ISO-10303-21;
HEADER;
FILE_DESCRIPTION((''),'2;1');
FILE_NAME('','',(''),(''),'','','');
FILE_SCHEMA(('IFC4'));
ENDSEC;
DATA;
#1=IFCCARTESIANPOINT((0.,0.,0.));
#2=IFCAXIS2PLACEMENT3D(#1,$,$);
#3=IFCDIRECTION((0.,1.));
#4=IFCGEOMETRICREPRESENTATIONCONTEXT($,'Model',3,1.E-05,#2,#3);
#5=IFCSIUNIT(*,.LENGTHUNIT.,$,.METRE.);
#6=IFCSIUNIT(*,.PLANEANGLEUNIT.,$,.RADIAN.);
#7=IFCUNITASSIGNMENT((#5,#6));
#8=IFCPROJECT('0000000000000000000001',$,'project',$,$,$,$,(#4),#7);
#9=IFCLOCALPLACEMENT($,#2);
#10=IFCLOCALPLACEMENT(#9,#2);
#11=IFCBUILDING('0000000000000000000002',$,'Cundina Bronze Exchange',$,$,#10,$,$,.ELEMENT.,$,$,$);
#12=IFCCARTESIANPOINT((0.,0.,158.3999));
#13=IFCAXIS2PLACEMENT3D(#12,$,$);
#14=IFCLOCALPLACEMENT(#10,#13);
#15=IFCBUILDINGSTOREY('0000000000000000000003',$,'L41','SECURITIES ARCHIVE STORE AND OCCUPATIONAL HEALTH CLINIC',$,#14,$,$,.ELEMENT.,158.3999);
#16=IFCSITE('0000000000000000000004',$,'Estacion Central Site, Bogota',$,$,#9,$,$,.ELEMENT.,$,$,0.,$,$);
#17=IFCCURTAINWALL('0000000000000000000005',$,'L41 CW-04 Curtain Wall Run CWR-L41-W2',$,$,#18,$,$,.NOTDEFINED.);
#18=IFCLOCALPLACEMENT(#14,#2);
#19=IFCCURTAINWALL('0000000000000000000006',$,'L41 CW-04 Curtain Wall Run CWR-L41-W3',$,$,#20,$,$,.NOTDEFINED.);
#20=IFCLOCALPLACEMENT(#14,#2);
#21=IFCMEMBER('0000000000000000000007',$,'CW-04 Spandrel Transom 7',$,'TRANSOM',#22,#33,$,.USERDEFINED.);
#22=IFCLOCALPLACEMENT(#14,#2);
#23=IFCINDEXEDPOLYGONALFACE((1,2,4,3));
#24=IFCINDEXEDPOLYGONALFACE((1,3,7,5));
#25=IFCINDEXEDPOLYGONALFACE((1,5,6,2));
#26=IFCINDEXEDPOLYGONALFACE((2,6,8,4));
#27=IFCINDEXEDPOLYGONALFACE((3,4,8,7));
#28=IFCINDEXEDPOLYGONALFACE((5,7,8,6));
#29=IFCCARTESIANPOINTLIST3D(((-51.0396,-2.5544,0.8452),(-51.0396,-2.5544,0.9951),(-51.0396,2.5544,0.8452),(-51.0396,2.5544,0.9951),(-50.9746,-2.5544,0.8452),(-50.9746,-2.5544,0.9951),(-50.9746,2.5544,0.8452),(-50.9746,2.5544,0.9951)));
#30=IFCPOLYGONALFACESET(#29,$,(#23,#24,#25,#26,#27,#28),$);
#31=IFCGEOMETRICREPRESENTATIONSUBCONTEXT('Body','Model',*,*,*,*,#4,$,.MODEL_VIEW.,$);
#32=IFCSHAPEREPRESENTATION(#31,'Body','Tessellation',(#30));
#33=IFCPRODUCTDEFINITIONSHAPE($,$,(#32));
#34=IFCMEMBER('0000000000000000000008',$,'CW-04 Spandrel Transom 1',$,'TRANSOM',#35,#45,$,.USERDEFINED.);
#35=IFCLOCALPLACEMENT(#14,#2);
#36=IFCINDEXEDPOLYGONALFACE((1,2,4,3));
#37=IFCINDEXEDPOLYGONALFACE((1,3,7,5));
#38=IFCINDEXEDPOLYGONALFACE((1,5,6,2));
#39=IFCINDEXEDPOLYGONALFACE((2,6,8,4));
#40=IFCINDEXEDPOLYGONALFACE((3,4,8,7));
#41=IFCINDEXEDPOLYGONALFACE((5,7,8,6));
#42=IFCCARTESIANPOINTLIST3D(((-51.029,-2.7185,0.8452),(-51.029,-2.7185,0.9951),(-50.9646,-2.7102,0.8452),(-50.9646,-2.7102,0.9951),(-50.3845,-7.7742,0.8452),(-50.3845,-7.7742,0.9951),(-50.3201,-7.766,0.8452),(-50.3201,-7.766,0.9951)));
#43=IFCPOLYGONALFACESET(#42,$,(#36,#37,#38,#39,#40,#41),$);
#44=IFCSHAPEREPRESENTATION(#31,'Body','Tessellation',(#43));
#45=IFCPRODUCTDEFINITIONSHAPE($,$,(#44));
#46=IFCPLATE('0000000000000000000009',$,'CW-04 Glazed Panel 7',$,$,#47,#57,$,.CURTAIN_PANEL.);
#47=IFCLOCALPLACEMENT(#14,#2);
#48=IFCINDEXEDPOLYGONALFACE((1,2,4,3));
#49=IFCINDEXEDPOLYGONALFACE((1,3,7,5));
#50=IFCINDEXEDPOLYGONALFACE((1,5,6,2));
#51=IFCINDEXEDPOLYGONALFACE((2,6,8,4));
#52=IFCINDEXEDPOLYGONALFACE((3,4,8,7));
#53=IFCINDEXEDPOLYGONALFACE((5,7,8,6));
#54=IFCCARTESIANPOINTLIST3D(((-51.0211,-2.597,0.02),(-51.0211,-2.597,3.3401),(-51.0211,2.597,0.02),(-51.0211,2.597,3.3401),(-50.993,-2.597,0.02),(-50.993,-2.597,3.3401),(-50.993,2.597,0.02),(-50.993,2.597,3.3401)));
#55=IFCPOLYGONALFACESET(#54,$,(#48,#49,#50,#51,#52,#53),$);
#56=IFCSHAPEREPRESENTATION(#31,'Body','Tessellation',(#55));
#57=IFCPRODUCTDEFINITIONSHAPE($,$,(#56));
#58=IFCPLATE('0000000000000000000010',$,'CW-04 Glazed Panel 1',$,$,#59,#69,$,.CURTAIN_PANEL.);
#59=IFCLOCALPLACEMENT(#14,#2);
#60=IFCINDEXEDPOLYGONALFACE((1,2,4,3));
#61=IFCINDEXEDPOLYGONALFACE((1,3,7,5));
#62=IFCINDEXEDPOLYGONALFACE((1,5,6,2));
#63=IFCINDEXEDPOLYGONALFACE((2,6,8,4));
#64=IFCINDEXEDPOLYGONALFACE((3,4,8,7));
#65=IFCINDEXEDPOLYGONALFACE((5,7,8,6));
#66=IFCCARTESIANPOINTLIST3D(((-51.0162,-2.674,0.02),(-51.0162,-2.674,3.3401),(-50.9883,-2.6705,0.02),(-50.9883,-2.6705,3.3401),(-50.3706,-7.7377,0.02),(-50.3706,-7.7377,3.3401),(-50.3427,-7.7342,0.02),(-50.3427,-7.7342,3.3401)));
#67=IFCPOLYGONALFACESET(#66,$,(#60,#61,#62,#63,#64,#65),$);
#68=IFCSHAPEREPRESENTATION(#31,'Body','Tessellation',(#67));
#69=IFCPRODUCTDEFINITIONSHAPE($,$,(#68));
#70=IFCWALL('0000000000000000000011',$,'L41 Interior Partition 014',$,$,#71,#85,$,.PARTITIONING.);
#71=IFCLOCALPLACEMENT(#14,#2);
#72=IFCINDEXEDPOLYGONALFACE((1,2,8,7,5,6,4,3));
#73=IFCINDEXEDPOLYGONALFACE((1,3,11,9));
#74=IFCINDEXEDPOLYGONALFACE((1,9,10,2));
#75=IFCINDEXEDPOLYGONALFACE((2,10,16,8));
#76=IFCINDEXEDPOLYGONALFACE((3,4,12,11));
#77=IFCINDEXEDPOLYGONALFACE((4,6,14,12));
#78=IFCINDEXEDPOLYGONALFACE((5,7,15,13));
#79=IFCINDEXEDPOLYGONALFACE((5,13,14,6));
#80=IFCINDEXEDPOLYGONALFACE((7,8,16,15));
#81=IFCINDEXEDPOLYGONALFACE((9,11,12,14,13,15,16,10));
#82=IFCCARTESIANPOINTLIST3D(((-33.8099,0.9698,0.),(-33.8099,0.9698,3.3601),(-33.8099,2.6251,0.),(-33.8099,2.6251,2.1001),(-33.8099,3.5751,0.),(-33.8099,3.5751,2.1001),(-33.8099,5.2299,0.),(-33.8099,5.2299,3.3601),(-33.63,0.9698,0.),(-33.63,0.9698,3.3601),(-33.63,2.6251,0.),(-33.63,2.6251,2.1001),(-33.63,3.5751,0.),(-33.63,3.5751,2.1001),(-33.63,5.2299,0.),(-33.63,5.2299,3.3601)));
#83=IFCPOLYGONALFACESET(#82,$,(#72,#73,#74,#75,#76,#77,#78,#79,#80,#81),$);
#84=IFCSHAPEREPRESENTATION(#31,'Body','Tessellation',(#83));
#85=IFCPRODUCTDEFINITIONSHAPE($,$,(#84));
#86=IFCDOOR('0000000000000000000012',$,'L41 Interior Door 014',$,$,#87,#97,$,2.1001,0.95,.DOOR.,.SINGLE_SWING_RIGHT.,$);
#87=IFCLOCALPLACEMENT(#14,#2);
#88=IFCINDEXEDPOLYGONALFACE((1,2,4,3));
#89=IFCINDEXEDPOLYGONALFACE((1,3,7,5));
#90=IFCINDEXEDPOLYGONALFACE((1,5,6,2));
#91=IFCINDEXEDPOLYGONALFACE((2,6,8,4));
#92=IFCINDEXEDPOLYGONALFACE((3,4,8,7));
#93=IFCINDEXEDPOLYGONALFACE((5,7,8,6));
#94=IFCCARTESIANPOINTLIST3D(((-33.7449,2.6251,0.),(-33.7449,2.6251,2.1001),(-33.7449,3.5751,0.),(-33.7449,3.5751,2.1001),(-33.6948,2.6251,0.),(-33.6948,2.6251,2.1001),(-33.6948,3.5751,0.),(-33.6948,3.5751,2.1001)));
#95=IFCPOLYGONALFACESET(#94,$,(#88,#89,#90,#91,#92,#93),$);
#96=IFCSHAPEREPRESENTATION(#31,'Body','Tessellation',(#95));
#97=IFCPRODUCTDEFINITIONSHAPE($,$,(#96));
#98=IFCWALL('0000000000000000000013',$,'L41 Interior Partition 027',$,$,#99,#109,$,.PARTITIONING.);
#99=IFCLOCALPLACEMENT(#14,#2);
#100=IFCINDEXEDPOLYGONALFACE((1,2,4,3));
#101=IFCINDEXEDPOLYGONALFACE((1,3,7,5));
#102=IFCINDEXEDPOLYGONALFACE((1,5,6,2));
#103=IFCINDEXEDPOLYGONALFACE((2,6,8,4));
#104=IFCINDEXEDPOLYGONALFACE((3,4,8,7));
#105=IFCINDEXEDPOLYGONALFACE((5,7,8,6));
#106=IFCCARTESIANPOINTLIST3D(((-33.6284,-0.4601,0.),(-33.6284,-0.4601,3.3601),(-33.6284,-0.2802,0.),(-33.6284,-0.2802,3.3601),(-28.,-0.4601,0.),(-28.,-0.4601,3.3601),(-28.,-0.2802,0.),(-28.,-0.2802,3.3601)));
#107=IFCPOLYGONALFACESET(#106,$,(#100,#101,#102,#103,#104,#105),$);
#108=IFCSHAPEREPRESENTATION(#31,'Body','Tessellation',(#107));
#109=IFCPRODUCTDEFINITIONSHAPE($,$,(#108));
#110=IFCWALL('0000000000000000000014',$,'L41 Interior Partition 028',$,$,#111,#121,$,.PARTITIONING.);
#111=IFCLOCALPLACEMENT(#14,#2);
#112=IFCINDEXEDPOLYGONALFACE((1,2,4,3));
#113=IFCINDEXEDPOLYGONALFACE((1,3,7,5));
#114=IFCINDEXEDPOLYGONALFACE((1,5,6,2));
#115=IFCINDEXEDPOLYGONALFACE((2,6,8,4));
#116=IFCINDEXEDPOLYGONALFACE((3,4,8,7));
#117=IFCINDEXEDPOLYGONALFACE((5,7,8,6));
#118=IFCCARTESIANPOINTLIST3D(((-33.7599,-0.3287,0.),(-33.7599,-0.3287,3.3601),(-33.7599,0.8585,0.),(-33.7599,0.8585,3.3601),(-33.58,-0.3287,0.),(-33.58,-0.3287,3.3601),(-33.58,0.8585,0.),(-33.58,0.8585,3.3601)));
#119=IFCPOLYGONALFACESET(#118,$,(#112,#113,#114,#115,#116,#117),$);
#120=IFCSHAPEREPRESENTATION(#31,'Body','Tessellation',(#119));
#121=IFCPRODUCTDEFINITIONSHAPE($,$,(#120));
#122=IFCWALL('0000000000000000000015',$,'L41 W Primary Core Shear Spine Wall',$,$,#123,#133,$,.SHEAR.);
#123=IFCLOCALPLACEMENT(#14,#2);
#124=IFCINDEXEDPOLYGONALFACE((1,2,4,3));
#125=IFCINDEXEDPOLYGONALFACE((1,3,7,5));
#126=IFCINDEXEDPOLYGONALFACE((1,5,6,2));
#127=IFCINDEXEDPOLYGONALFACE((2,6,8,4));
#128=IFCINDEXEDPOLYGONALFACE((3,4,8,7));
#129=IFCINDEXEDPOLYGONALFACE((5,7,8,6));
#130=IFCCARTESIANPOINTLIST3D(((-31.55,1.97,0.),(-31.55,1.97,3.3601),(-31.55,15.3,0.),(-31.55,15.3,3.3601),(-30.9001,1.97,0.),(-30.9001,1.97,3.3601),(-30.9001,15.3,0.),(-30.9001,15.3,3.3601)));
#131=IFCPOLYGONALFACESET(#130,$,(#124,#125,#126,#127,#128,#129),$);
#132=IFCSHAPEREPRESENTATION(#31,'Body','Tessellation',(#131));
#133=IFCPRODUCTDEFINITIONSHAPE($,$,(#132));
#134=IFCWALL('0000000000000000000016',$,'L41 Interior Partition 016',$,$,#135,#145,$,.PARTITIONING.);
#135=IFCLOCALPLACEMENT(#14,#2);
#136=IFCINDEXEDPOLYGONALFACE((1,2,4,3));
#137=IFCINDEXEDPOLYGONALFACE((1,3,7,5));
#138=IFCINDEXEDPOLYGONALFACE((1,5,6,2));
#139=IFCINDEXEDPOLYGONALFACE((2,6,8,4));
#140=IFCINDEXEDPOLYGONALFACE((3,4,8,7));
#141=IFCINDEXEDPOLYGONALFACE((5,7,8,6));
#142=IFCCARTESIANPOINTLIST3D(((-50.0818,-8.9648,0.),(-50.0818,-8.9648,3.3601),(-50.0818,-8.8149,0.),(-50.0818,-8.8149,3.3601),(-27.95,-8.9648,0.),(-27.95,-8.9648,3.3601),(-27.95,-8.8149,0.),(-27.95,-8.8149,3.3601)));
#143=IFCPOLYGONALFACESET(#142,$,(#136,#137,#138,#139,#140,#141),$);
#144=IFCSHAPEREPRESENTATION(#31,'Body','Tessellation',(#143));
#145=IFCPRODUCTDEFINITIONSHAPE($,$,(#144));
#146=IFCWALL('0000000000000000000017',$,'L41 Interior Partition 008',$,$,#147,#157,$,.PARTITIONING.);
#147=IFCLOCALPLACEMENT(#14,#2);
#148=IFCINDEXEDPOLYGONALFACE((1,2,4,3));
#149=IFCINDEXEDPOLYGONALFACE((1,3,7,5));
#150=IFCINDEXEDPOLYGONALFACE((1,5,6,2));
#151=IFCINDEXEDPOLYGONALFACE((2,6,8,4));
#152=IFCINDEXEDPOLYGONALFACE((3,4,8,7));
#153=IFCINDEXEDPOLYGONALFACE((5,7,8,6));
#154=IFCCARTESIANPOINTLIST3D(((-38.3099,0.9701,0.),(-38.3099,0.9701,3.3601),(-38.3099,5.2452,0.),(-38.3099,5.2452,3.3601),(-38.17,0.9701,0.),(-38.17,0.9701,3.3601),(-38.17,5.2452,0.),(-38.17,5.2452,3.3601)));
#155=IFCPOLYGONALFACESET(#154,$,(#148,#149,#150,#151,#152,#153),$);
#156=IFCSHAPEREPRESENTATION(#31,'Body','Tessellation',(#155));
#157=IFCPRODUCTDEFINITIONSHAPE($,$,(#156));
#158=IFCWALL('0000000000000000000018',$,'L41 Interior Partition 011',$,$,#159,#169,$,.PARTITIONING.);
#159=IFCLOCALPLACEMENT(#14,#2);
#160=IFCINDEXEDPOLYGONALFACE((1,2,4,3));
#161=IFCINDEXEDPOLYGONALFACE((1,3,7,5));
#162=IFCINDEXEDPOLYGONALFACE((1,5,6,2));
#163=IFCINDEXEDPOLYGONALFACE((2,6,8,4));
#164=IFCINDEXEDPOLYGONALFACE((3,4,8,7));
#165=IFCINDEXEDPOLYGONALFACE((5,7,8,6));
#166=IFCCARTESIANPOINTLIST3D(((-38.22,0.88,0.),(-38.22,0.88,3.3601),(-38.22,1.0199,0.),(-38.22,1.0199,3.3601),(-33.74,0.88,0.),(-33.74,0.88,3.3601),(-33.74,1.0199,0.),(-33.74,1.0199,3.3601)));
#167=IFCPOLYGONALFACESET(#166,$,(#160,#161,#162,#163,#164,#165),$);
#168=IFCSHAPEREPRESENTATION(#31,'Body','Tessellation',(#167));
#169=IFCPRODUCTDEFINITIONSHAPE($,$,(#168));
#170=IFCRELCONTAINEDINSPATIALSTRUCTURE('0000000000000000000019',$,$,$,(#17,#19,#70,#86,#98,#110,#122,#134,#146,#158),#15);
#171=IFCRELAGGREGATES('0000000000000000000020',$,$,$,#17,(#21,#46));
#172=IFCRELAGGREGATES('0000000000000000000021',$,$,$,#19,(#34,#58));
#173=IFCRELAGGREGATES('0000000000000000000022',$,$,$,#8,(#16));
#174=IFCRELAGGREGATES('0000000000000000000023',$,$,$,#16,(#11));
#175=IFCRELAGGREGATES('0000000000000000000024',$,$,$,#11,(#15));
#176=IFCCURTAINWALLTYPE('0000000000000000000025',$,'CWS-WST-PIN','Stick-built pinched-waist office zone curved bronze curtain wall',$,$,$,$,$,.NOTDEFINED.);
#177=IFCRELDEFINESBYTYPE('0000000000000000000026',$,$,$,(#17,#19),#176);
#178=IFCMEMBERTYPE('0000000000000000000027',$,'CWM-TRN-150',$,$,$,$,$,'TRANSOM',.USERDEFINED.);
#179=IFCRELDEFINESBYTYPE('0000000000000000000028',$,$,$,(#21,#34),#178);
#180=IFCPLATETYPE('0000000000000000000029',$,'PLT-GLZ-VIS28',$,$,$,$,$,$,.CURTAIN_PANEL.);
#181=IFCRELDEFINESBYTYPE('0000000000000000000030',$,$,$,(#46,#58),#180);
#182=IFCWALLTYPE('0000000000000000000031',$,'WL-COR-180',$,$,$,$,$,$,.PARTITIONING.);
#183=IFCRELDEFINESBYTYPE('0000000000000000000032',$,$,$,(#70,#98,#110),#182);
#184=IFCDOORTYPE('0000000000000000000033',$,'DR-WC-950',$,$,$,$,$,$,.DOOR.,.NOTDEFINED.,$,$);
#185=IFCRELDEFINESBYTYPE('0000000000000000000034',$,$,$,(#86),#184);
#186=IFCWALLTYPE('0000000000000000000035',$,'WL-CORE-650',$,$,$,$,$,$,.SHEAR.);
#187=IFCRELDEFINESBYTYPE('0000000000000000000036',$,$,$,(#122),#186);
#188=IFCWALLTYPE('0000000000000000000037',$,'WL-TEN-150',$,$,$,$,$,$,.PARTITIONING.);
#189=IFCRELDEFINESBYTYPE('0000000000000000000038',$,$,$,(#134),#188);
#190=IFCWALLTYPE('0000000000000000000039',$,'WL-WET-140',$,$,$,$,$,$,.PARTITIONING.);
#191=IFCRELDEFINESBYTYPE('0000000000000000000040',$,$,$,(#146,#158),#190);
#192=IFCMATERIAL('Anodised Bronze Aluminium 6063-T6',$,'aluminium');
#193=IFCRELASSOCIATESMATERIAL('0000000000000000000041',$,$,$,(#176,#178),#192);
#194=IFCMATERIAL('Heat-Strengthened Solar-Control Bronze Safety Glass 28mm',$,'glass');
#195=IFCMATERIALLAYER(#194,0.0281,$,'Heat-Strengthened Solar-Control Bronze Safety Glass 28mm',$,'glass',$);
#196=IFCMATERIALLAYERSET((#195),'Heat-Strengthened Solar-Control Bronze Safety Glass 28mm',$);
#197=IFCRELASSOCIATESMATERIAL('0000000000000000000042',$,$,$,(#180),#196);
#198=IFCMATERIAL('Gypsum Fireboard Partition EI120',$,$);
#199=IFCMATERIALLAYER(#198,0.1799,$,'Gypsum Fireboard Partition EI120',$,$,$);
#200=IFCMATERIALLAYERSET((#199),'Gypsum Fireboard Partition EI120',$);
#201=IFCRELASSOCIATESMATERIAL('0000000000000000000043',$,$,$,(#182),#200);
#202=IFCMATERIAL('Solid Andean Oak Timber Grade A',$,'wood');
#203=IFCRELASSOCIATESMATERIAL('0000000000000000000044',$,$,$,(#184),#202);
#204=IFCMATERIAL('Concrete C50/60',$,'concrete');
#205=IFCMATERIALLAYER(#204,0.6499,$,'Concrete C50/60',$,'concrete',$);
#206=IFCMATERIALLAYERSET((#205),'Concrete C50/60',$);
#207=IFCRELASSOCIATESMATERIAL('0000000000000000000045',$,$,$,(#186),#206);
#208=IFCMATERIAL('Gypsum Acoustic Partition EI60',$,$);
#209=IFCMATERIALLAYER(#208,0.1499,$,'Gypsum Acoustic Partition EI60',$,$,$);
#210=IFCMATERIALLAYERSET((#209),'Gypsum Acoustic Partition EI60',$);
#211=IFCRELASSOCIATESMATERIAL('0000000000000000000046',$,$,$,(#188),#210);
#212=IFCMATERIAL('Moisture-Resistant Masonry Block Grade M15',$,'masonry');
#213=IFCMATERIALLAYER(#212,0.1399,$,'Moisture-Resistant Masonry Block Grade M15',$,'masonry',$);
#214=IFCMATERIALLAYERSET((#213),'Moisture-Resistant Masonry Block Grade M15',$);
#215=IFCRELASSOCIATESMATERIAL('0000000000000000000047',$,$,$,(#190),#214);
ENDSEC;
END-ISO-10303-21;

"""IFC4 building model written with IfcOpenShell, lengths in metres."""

from ifc_helpers import new_model, si_unit, direction, frame, frame_2d, origin, origin_2d, place, context, subcontext, project, spatial, rectangle, extrude, material, layer, layer_set, material_profile, profile_set, type_object, element, fill, aggregate, save


model = new_model("IFC4")

# Units and contexts
model_context = context("Model", 3, precision=1e-05, world=origin(), true_north=direction((0.0, 1.0)))
body_context = subcontext(model_context, "Body", "Model", "MODEL_VIEW")
ifc_project = project(units=[si_unit("LENGTHUNIT", "METRE"), si_unit("PLANEANGLEUNIT", "RADIAN")], contexts=[model_context])

# Site, building, storey
site_placement = place(None, origin())
site = spatial("IfcSite", under=ifc_project, at=site_placement, Name="Estacion Central Site, Bogota", CompositionType="ELEMENT", RefElevation=0.0)
building_placement = place(site_placement, origin())
building = spatial("IfcBuilding", under=site, at=building_placement, Name="Cundina Bronze Exchange", CompositionType="ELEMENT")
storey_placement = place(building_placement, frame((0.0, 0.0, 158.3999)))
storey = spatial("IfcBuildingStorey", under=building, at=storey_placement, Name="L41", Description="SECURITIES ARCHIVE STORE AND OCCUPATIONAL HEALTH CLINIC", CompositionType="ELEMENT", Elevation=158.3999)

# Shared definitions
ifc_material_1 = material(Name="Concrete C50/60", Category="concrete")

# Curtain walls
ifc_material_2 = material(Name="Anodised Bronze Aluminium 6063-T6", Category="aluminium")
curtain_wall_type = type_object("IfcCurtainWallType", Name="CWS-WST-PIN", Description="Stick-built pinched-waist office zone curved bronze curtain wall", PredefinedType="NOTDEFINED", material=ifc_material_2)
curtain_wall_1_placement = place(storey_placement, origin())
curtain_wall_1 = element("IfcCurtainWall", 1, at=curtain_wall_1_placement, inside=storey, type_object=curtain_wall_type, Name="L41 CW-04 Curtain Wall Run CWR-L41-W2", PredefinedType="NOTDEFINED")
curtain_wall_2_placement = place(storey_placement, origin())
curtain_wall_2 = element("IfcCurtainWall", 2, at=curtain_wall_2_placement, inside=storey, type_object=curtain_wall_type, Name="L41 CW-04 Curtain Wall Run CWR-L41-W3", PredefinedType="NOTDEFINED")

# Members
ifc_material_profile_1 = material_profile(ifc_material_2, rectangle(XDim=0.0649, YDim=0.1499, at=origin_2d()), Name="AL65X150", Category="aluminium")
ifc_profile_set_1 = profile_set([ifc_material_profile_1], Name="Anodised Bronze Aluminium 6063-T6")
member_type_1 = type_object("IfcMemberType", Name="CWM-TRN-150", ElementType="TRANSOM", PredefinedType="USERDEFINED", material=ifc_profile_set_1)
member_1_placement = place(storey_placement, frame((-51.0071, 2.5544, 0.9202), z_axis=(0.0, -1.0, 0.0), x_axis=(1.0, 0.0, 0.0)))
member_1 = element("IfcMember", 3, at=member_1_placement, type_object=member_type_1, Name="CW-04 Spandrel Transom 7", ObjectType="TRANSOM", PredefinedType="USERDEFINED", context=body_context, shape_type="SweptSolid", body=[
    extrude(rectangle(XDim=0.0649, YDim=0.1499, at=origin_2d()), origin(), (0.0, 0.0, 1.0), 5.1089),
])
member_2_placement = place(storey_placement, frame((-50.9968, -2.7144, 0.9202), z_axis=(0.126463, -0.991971, 0.0), x_axis=(0.991971, 0.126463, 0.0)))
member_2 = element("IfcMember", 4, at=member_2_placement, type_object=member_type_1, Name="CW-04 Spandrel Transom 1", ObjectType="TRANSOM", PredefinedType="USERDEFINED", context=body_context, shape_type="SweptSolid", body=[
    extrude(rectangle(XDim=0.0649, YDim=0.1499, at=origin_2d()), origin(), (0.0, 0.0, 1.0), 5.0967),
])

# Plates
ifc_material_3 = material(Name="Heat-Strengthened Solar-Control Bronze Safety Glass 28mm", Category="glass")
ifc_layer_1 = layer(ifc_material_3, 0.0281, Name="Heat-Strengthened Solar-Control Bronze Safety Glass 28mm", Category="glass")
ifc_layer_set_1 = layer_set([ifc_layer_1], Name="Heat-Strengthened Solar-Control Bronze Safety Glass 28mm")
plate_type = type_object("IfcPlateType", Name="PLT-GLZ-VIS28", PredefinedType="CURTAIN_PANEL", material=ifc_layer_set_1)
plate_1_placement = place(storey_placement, frame((-51.0071, 0.0, 0.02), z_axis=(0.0, 0.0, 1.0), x_axis=(0.0, -1.0, 0.0)))
plate_1 = element("IfcPlate", 5, at=plate_1_placement, type_object=plate_type, Name="CW-04 Glazed Panel 7", PredefinedType="CURTAIN_PANEL", context=body_context, shape_type="SweptSolid", body=[
    extrude(rectangle(XDim=5.1941, YDim=0.0281, at=origin_2d()), origin(), (0.0, 0.0, 1.0), 3.3201),
])
aggregate(curtain_wall_1, [member_1, plate_1])
plate_2_placement = place(storey_placement, frame((-50.6794, -5.2041, 0.02), z_axis=(0.0, 0.0, 1.0), x_axis=(0.126476, -0.99197, 0.0)))
plate_2 = element("IfcPlate", 6, at=plate_2_placement, type_object=plate_type, Name="CW-04 Glazed Panel 1", PredefinedType="CURTAIN_PANEL", context=body_context, shape_type="SweptSolid", body=[
    extrude(rectangle(XDim=5.1047, YDim=0.0281, at=origin_2d()), origin(), (0.0, 0.0, 1.0), 3.3201),
])
aggregate(curtain_wall_2, [member_2, plate_2])

# Wall, opening, door
ifc_material_4 = material(Name="Gypsum Fireboard Partition EI120")
ifc_layer_2 = layer(ifc_material_4, 0.1799, Name="Gypsum Fireboard Partition EI120")
ifc_layer_set_2 = layer_set([ifc_layer_2], Name="Gypsum Fireboard Partition EI120")
wall_type_1 = type_object("IfcWallType", Name="WL-COR-180", PredefinedType="PARTITIONING", material=ifc_layer_set_2)
wall_1_placement = place(storey_placement, frame((-33.72, 0.97, 0.0), z_axis=(0.0, 0.0, 1.0), x_axis=(0.0, 1.0, 0.0)))
wall_1 = element("IfcWall", 7, at=wall_1_placement, inside=storey, type_object=wall_type_1, Name="L41 Interior Partition 014", PredefinedType="PARTITIONING", context=body_context, shape_type="SweptSolid", body=[
    extrude(rectangle(XDim=4.26, YDim=0.1799, at=frame_2d((2.1299, 0.0))), origin(), (0.0, 0.0, 1.0), 3.3601),
])
opening_1_placement = place(wall_1_placement, frame((1.655, 0.0, 0.0)))
opening_1 = element("IfcOpeningElement", 8, at=opening_1_placement, cuts=wall_1, PredefinedType="OPENING", context=body_context, shape_type="SweptSolid", body=[
    extrude(rectangle(XDim=0.95, YDim=2.1001, at=frame_2d((0.4751, 1.05))), frame((0.0, 0.0999, 0.0), z_axis=(0.0, -1.0, 0.0), x_axis=(1.0, 0.0, 0.0)), (0.0, 0.0, 1.0), 0.2),
])
ifc_material_5 = material(Name="Solid Andean Oak Timber Grade A", Category="wood")
door_type_1 = type_object("IfcDoorType", Name="DR-WC-950", OperationType="NOTDEFINED", PredefinedType="DOOR", material=ifc_material_5)
door_1_placement = place(opening_1_placement, origin())
door_1 = element("IfcDoor", 9, at=door_1_placement, inside=storey, type_object=door_type_1, Name="L41 Interior Door 014", OperationType="SINGLE_SWING_RIGHT", OverallHeight=2.1001, OverallWidth=0.95, PredefinedType="DOOR", context=body_context, shape_type="SweptSolid", body=[
    extrude(rectangle(XDim=0.95, YDim=2.1001, at=frame_2d((0.4751, 1.05))), frame((0.0, 0.0249, 0.0), z_axis=(0.0, -1.0, 0.0), x_axis=(1.0, 0.0, 0.0)), (0.0, 0.0, 1.0), 0.05),
])
fill(opening_1, door_1)

# Walls
wall_2_placement = place(storey_placement, frame((-33.6284, -0.3701, 0.0), z_axis=(0.0, 0.0, 1.0), x_axis=(1.0, 0.0, 0.0)))
element("IfcWall", 10, at=wall_2_placement, inside=storey, type_object=wall_type_1, Name="L41 Interior Partition 027", PredefinedType="PARTITIONING", context=body_context, shape_type="SweptSolid", body=[
    extrude(rectangle(XDim=5.6284, YDim=0.1799, at=frame_2d((2.8142, 0.0))), origin(), (0.0, 0.0, 1.0), 3.3601),
])
wall_3_placement = place(storey_placement, frame((-33.6699, 0.8586, 0.0), z_axis=(0.0, 0.0, 1.0), x_axis=(0.0, -1.0, 0.0)))
element("IfcWall", 11, at=wall_3_placement, inside=storey, type_object=wall_type_1, Name="L41 Interior Partition 028", PredefinedType="PARTITIONING", context=body_context, shape_type="SweptSolid", body=[
    extrude(rectangle(XDim=1.1873, YDim=0.1799, at=frame_2d((0.5938, 0.0))), origin(), (0.0, 0.0, 1.0), 3.3601),
])
ifc_layer_3 = layer(ifc_material_1, 0.6499, Name="Concrete C50/60", Category="concrete")
ifc_layer_set_3 = layer_set([ifc_layer_3], Name="Concrete C50/60")
wall_type_2 = type_object("IfcWallType", Name="WL-CORE-650", PredefinedType="SHEAR", material=ifc_layer_set_3)
wall_4_placement = place(storey_placement, frame((-31.2251, 1.97, 0.0), z_axis=(0.0, 0.0, 1.0), x_axis=(0.0, 1.0, 0.0)))
element("IfcWall", 12, at=wall_4_placement, inside=storey, type_object=wall_type_2, Name="L41 W Primary Core Shear Spine Wall", PredefinedType="SHEAR", context=body_context, shape_type="SweptSolid", body=[
    extrude(rectangle(XDim=13.3301, YDim=0.6499, at=frame_2d((6.665, 0.0))), origin(), (0.0, 0.0, 1.0), 3.3601),
])
ifc_material_6 = material(Name="Gypsum Acoustic Partition EI60")
ifc_layer_4 = layer(ifc_material_6, 0.1499, Name="Gypsum Acoustic Partition EI60")
ifc_layer_set_4 = layer_set([ifc_layer_4], Name="Gypsum Acoustic Partition EI60")
wall_type_3 = type_object("IfcWallType", Name="WL-TEN-150", PredefinedType="PARTITIONING", material=ifc_layer_set_4)
wall_5_placement = place(storey_placement, frame((-50.0818, -8.8899, 0.0), z_axis=(0.0, 0.0, 1.0), x_axis=(1.0, 0.0, 0.0)))
element("IfcWall", 13, at=wall_5_placement, inside=storey, type_object=wall_type_3, Name="L41 Interior Partition 016", PredefinedType="PARTITIONING", context=body_context, shape_type="SweptSolid", body=[
    extrude(rectangle(XDim=22.1318, YDim=0.1499, at=frame_2d((11.0659, 0.0))), origin(), (0.0, 0.0, 1.0), 3.3601),
])
ifc_material_7 = material(Name="Moisture-Resistant Masonry Block Grade M15", Category="masonry")
ifc_layer_5 = layer(ifc_material_7, 0.1399, Name="Moisture-Resistant Masonry Block Grade M15", Category="masonry")
ifc_layer_set_5 = layer_set([ifc_layer_5], Name="Moisture-Resistant Masonry Block Grade M15")
wall_type_4 = type_object("IfcWallType", Name="WL-WET-140", PredefinedType="PARTITIONING", material=ifc_layer_set_5)
wall_6_placement = place(storey_placement, frame((-38.24, 0.97, 0.0), z_axis=(0.0, 0.0, 1.0), x_axis=(0.0, 1.0, 0.0)))
element("IfcWall", 14, at=wall_6_placement, inside=storey, type_object=wall_type_4, Name="L41 Interior Partition 008", PredefinedType="PARTITIONING", context=body_context, shape_type="SweptSolid", body=[
    extrude(rectangle(XDim=4.2751, YDim=0.1399, at=frame_2d((2.1377, 0.0))), origin(), (0.0, 0.0, 1.0), 3.3601),
])
wall_7_placement = place(storey_placement, frame((-38.22, 0.95, 0.0), z_axis=(0.0, 0.0, 1.0), x_axis=(1.0, 0.0, 0.0)))
element("IfcWall", 15, at=wall_7_placement, inside=storey, type_object=wall_type_4, Name="L41 Interior Partition 011", PredefinedType="PARTITIONING", context=body_context, shape_type="SweptSolid", body=[
    extrude(rectangle(XDim=4.48, YDim=0.1399, at=frame_2d((2.24, 0.0))), origin(), (0.0, 0.0, 1.0), 3.3601),
])

save(model, "model.ifc")
